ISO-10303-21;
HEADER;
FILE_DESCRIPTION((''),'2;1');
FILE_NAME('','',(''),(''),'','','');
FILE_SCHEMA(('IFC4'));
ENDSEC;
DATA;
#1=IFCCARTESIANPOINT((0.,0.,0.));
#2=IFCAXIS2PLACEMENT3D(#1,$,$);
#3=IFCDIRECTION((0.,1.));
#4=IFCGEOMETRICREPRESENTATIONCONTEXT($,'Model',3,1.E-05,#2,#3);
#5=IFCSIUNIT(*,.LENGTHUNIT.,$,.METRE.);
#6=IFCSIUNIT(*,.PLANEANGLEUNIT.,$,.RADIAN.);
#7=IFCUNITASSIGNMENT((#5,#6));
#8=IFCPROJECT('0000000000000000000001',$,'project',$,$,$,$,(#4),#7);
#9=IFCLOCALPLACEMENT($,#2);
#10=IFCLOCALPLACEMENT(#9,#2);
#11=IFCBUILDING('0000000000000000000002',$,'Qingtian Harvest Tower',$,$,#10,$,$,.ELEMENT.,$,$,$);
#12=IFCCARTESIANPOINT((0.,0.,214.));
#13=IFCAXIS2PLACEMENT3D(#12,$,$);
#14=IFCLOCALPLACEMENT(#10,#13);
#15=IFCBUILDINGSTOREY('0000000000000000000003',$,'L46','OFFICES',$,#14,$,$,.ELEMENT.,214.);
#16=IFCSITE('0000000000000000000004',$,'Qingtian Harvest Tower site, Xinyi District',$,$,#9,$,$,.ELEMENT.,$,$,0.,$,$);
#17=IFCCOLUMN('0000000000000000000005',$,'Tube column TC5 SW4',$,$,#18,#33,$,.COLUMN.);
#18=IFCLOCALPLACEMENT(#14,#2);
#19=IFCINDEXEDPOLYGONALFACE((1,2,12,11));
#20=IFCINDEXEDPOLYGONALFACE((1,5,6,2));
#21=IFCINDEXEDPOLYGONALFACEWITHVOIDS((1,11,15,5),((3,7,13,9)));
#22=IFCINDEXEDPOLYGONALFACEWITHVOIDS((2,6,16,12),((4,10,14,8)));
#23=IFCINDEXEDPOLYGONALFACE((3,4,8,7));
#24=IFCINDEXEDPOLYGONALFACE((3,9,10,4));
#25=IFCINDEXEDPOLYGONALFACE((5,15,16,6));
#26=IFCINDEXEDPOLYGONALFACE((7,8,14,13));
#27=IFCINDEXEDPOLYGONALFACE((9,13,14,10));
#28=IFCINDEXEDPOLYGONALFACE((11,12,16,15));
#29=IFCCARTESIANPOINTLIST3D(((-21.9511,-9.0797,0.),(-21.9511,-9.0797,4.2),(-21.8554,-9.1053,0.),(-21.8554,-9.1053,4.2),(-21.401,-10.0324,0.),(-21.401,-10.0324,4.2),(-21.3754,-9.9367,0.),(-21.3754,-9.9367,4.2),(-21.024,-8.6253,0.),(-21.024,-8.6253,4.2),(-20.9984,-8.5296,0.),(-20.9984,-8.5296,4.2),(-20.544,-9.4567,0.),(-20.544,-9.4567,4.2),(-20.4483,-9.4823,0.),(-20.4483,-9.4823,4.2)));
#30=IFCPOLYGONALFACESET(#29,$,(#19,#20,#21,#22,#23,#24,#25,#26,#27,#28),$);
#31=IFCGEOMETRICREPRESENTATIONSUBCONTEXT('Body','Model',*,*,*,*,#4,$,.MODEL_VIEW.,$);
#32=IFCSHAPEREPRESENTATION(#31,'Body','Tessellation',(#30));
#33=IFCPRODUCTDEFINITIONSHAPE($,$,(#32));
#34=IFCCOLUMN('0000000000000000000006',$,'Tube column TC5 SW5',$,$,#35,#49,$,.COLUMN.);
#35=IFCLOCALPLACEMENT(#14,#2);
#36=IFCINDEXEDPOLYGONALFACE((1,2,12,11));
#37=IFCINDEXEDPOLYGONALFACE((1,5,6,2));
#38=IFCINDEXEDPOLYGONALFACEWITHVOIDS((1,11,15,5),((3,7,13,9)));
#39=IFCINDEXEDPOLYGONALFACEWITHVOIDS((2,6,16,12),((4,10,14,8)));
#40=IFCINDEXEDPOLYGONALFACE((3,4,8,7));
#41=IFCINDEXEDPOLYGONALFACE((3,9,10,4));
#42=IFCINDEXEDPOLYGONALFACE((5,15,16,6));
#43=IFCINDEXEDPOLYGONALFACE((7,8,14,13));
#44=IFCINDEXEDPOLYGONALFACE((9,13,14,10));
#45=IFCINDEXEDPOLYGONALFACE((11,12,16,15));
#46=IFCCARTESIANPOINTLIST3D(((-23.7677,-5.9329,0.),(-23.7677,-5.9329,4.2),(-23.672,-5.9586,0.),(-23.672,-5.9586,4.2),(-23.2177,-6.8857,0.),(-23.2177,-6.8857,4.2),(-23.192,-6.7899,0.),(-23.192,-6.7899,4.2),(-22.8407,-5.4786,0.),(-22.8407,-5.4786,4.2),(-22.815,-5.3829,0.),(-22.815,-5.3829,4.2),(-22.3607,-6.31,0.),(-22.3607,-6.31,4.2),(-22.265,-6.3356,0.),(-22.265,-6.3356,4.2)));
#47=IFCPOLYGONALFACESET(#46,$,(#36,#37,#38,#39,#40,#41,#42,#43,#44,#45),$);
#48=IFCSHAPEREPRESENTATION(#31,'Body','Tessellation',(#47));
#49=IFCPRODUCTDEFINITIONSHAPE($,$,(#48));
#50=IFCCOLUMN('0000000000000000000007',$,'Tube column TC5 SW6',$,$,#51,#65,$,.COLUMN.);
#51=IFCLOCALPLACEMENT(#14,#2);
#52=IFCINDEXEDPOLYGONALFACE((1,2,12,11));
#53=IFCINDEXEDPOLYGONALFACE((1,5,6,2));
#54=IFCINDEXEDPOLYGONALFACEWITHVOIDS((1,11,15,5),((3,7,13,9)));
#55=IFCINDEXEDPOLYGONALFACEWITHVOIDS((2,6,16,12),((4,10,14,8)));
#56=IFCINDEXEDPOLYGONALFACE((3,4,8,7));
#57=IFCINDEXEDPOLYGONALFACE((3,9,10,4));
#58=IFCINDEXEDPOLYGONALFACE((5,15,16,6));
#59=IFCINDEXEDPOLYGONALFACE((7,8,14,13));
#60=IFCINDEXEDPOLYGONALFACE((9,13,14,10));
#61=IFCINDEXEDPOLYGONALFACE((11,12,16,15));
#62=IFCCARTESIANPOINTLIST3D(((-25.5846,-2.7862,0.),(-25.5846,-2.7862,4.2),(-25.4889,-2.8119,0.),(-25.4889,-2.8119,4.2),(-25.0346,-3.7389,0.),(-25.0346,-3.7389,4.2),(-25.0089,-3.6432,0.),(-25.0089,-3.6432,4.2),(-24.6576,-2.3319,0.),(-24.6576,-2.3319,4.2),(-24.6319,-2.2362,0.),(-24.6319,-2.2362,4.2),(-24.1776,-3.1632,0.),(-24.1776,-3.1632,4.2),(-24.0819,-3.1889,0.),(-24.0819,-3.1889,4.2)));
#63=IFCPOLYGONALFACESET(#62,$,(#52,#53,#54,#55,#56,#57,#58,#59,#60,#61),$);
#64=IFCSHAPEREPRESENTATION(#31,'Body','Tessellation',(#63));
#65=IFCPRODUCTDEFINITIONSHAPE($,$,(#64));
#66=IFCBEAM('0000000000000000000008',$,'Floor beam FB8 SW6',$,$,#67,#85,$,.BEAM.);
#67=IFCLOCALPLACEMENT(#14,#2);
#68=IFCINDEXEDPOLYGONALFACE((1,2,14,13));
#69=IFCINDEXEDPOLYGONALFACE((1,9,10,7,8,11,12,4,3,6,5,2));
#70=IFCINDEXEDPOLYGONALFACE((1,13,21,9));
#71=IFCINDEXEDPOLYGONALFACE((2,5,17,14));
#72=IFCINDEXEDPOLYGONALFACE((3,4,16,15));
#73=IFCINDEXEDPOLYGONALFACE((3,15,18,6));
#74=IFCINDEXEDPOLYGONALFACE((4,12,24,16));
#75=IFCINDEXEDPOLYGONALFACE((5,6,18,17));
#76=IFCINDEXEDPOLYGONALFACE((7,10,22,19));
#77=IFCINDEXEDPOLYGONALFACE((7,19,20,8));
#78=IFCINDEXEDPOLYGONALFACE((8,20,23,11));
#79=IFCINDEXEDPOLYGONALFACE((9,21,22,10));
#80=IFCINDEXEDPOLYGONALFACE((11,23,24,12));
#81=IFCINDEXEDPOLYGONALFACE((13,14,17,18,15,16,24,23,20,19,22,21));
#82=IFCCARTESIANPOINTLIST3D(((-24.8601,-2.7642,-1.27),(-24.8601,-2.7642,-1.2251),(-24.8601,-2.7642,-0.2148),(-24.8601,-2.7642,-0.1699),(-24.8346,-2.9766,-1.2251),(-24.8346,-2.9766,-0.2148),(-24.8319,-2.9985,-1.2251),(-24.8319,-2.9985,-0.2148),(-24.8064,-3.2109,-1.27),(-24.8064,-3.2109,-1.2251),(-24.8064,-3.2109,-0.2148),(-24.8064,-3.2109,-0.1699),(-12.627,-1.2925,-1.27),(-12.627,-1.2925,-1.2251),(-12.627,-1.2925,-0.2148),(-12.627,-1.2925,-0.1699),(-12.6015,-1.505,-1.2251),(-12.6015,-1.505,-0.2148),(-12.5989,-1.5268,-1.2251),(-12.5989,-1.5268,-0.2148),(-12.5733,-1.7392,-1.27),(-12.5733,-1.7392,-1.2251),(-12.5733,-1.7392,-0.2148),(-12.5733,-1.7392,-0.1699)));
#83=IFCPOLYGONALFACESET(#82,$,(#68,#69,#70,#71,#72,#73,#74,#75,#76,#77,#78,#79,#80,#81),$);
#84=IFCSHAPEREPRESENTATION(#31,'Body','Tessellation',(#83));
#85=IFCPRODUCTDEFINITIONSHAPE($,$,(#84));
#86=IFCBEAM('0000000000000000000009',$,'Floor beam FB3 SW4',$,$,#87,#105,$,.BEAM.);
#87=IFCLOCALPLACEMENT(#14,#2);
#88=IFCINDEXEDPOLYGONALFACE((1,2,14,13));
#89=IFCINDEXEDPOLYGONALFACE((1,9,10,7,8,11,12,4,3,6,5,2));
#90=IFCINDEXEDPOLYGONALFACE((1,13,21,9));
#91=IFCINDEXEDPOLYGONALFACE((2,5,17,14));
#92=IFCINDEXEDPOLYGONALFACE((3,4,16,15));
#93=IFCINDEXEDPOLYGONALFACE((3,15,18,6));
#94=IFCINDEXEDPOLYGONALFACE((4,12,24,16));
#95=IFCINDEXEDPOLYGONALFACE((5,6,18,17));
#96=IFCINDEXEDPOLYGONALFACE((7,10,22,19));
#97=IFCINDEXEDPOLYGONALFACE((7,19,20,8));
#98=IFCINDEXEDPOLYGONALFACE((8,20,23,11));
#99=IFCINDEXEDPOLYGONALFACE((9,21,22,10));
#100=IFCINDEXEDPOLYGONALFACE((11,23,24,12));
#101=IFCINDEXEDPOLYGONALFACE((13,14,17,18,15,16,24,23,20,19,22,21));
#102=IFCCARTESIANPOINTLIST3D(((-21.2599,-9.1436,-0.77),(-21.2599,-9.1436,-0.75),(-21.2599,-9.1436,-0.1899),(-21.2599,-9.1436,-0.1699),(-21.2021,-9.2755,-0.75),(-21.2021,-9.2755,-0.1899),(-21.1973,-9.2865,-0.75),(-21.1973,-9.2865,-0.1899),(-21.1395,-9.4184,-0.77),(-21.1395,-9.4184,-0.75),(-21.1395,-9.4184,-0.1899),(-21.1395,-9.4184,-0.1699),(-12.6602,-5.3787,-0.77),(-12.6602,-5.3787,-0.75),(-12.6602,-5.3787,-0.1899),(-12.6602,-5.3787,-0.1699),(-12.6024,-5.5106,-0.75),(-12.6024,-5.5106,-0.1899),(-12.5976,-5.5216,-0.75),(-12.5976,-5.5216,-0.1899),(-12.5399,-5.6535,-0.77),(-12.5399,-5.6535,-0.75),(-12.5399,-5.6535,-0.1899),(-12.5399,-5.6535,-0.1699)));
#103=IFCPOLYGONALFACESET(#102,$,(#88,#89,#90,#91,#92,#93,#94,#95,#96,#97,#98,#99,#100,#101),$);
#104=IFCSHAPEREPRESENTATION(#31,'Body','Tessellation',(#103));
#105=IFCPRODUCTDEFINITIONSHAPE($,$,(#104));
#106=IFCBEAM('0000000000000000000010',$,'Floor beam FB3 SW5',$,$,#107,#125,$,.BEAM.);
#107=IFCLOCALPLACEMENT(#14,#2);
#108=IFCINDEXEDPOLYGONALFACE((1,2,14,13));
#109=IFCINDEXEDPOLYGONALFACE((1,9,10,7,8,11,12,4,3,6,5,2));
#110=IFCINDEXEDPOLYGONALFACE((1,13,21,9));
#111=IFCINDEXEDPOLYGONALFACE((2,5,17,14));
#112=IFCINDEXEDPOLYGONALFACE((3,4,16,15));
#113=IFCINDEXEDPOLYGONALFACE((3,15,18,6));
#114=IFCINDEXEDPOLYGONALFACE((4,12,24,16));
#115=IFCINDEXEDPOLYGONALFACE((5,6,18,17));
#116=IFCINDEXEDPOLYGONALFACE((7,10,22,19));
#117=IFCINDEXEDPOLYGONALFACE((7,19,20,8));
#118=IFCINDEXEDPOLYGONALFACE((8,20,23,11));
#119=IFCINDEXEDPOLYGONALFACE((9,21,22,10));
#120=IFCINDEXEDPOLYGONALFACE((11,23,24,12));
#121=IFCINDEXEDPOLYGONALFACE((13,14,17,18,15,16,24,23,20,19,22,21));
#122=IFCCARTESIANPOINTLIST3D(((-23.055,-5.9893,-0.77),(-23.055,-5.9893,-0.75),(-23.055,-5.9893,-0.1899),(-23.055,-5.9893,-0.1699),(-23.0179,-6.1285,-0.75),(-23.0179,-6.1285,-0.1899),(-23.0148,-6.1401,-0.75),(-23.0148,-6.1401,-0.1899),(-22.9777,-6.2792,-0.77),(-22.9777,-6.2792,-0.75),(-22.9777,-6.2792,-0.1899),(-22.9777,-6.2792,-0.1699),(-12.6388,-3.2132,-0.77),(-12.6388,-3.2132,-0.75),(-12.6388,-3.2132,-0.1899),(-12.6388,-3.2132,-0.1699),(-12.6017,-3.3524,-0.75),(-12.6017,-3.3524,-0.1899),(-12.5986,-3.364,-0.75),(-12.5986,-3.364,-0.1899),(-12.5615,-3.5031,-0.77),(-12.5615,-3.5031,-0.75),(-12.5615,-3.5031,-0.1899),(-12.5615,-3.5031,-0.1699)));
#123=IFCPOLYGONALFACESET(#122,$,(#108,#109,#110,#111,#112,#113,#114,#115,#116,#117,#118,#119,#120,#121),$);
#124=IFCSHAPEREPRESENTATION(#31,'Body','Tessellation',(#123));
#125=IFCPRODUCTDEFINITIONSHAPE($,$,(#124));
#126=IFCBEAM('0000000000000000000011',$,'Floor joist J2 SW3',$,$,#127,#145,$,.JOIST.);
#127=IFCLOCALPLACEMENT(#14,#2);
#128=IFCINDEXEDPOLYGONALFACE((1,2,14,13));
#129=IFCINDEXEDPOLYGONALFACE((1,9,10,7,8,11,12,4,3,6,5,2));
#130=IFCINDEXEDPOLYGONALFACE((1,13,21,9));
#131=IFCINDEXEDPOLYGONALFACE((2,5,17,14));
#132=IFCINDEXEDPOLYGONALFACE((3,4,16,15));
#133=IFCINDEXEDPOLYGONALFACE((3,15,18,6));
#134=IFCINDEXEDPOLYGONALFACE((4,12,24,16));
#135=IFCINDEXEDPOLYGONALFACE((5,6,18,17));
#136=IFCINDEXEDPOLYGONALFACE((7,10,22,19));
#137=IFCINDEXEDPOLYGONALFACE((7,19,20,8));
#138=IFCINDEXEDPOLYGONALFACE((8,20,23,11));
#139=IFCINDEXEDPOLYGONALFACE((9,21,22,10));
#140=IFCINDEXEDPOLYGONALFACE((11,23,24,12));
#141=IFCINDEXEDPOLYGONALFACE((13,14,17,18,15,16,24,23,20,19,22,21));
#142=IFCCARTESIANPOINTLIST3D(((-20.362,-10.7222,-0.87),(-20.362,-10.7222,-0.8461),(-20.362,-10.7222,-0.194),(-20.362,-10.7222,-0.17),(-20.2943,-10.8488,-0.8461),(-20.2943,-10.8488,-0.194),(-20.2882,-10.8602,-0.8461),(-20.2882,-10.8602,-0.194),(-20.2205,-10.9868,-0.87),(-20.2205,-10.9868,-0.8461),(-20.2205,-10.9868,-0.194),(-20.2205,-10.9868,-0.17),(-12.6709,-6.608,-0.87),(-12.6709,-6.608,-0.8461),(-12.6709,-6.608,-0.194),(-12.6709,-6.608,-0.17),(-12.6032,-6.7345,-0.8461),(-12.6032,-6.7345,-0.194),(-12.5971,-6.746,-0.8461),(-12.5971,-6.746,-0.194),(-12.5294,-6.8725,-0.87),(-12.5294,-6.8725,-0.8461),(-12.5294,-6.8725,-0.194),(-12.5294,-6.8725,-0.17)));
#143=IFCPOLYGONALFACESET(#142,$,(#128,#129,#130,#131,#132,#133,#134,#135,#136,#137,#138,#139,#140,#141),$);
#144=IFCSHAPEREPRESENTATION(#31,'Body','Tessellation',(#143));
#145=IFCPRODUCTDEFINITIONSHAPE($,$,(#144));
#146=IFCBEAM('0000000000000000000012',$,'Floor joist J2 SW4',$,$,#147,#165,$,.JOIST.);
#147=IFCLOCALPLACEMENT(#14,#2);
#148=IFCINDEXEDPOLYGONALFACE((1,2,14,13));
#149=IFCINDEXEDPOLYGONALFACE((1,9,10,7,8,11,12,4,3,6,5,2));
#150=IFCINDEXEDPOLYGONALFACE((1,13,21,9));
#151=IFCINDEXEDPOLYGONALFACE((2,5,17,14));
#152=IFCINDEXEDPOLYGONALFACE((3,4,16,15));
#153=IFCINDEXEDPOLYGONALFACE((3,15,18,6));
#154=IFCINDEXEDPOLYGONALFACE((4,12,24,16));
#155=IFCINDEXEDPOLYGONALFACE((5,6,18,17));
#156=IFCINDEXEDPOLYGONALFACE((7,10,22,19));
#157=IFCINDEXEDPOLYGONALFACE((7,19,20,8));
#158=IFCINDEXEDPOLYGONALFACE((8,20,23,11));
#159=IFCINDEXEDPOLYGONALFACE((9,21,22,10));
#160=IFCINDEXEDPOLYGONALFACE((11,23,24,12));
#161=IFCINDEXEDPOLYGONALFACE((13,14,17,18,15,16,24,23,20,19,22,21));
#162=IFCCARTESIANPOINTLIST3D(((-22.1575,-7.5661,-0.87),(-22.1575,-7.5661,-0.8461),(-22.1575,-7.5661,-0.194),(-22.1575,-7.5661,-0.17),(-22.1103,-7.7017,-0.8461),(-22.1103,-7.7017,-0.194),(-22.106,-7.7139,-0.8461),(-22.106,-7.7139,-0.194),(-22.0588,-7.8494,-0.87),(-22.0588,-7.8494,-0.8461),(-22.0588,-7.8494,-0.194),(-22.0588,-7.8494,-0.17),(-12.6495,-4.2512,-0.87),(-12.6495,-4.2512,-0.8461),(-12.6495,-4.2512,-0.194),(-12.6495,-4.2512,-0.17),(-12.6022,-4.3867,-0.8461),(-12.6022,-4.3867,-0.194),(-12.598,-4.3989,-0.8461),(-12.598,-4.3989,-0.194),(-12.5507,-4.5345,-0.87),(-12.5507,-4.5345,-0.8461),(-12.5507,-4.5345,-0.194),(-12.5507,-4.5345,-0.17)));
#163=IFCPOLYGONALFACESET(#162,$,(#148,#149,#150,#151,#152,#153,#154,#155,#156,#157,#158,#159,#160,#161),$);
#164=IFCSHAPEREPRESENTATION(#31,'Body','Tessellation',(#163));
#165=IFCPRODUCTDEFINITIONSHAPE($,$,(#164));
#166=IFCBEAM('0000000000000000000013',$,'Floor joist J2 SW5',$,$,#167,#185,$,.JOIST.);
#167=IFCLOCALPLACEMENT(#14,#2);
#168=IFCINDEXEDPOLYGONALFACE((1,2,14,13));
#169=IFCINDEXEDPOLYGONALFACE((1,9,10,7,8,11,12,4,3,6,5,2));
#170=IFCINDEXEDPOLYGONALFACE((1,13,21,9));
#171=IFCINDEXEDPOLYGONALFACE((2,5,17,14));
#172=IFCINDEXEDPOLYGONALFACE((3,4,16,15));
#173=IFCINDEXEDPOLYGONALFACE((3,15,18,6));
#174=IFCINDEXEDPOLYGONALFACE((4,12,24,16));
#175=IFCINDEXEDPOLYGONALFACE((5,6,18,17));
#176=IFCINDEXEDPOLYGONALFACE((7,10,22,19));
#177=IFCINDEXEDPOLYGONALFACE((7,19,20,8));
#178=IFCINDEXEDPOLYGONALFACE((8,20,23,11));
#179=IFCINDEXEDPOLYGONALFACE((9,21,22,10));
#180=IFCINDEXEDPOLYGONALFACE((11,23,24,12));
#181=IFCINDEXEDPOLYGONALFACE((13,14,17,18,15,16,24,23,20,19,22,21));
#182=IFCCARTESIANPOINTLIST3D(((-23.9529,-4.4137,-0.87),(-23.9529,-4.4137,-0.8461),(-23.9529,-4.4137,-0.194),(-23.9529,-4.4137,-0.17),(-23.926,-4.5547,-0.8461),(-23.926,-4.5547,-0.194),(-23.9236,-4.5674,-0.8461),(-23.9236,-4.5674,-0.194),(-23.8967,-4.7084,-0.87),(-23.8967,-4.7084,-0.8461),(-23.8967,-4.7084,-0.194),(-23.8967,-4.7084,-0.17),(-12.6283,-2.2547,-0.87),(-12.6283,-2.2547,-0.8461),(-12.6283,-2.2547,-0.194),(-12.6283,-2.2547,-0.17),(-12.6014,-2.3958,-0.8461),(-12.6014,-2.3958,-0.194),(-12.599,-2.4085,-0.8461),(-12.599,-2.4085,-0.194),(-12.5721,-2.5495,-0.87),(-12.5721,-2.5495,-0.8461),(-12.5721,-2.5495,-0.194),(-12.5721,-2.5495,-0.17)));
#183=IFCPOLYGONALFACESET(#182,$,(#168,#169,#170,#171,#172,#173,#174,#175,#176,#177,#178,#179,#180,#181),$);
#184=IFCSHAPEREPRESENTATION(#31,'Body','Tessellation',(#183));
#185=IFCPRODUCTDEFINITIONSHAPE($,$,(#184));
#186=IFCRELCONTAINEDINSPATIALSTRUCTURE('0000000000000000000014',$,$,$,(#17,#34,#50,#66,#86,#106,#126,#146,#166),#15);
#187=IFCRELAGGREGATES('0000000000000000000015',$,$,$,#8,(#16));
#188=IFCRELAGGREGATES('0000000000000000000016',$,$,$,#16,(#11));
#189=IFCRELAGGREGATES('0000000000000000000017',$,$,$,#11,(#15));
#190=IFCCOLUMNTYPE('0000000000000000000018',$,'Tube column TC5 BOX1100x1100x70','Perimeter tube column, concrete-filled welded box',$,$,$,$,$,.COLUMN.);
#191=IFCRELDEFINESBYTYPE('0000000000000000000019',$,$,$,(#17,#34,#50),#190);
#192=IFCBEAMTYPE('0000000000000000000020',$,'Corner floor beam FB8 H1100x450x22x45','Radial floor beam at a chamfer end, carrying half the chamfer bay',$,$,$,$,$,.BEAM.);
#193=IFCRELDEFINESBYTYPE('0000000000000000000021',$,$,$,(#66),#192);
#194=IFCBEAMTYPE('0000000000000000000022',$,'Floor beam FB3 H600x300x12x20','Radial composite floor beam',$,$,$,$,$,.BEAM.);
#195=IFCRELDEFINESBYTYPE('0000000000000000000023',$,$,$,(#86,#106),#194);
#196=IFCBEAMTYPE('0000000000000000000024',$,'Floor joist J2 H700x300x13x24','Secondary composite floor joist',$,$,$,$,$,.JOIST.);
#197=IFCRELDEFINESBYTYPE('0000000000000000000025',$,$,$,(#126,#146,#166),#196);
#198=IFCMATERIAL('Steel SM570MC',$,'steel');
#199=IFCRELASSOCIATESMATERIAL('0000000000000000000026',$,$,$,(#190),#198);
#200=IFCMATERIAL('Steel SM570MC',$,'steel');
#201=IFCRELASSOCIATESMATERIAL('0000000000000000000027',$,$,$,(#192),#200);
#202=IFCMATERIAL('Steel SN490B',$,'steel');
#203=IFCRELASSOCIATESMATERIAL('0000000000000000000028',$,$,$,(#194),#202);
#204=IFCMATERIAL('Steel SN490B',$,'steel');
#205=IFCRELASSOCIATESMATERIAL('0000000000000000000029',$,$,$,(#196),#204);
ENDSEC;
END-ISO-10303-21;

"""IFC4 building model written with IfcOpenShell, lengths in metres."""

from ifc_helpers import new_model, si_unit, direction, frame, origin, origin_2d, place, context, subcontext, project, spatial, hollow_rectangle, i_section, extrude, material, material_profile, profile_set, type_object, element, save


model = new_model("IFC4")

# Units and contexts
model_context = context("Model", 3, precision=1e-05, world=origin(), true_north=direction((0.0, 1.0)))
body_context = subcontext(model_context, "Body", "Model", "MODEL_VIEW")
ifc_project = project(units=[si_unit("LENGTHUNIT", "METRE"), si_unit("PLANEANGLEUNIT", "RADIAN")], contexts=[model_context])

# Site, building, storey
site_placement = place(None, origin())
site = spatial("IfcSite", under=ifc_project, at=site_placement, Name="Qingtian Harvest Tower site, Xinyi District", CompositionType="ELEMENT", RefElevation=0.0)
building_placement = place(site_placement, origin())
building = spatial("IfcBuilding", under=site, at=building_placement, Name="Qingtian Harvest Tower", CompositionType="ELEMENT")
storey_placement = place(building_placement, frame((0.0, 0.0, 214.0)))
storey = spatial("IfcBuildingStorey", under=building, at=storey_placement, Name="L46", Description="OFFICES", CompositionType="ELEMENT", Elevation=214.0)

# Columns
ifc_material_1 = material(Name="Steel SM570MC", Category="steel")
ifc_material_profile_1 = material_profile(ifc_material_1, hollow_rectangle(XDim=1.1001, YDim=1.1001, WallThickness=0.0701, at=origin_2d()), Name="BOX1100x1100x70")
ifc_profile_set_1 = profile_set([ifc_material_profile_1], Name="Steel SM570MC")
column_type = type_object("IfcColumnType", Name="Tube column TC5 BOX1100x1100x70", Description="Perimeter tube column, concrete-filled welded box", PredefinedType="COLUMN", material=ifc_profile_set_1)
for number, where, z_axis, x_axis, name in (
    (1, (-21.1997, -9.281, 0.0), (0.0, 0.0, 1.0), (0.5, -0.866025, 0.0), "Tube column TC5 SW4"),
    (2, (-23.0164, -6.1343, 0.0), (0.0, 0.0, 1.0), (0.5, -0.866025, 0.0), "Tube column TC5 SW5"),
    (3, (-24.8333, -2.9875, 0.0), (0.0, 0.0, 1.0), (0.5, -0.866025, 0.0), "Tube column TC5 SW6"),
):
    element("IfcColumn", number, at=place(storey_placement, frame(where, z_axis=z_axis, x_axis=x_axis)), inside=storey, type_object=column_type, Name=name, PredefinedType="COLUMN", context=body_context, shape_type="SweptSolid", body=[
        extrude(hollow_rectangle(XDim=1.1001, YDim=1.1001, WallThickness=0.0701, at=origin_2d()), origin(), (0.0, 0.0, 1.0), 4.2),
    ])

# Beams
ifc_material_2 = material(Name="Steel SM570MC", Category="steel")
ifc_material_profile_2 = material_profile(ifc_material_2, i_section(OverallWidth=0.45, OverallDepth=1.1001, WebThickness=0.022, FlangeThickness=0.0449, at=origin_2d()), Name="H1100x450x22x45")
ifc_profile_set_2 = profile_set([ifc_material_profile_2], Name="Steel SM570MC")
beam_type_1 = type_object("IfcBeamType", Name="Corner floor beam FB8 H1100x450x22x45", Description="Radial floor beam at a chamfer end, carrying half the chamfer bay", PredefinedType="BEAM", material=ifc_profile_set_2)
beam_1_placement = place(storey_placement, frame((-24.8333, -2.9875, -0.72), z_axis=(0.992841, 0.119441, 0.0), x_axis=(-0.119441, 0.992841, 0.0)))
element("IfcBeam", 4, at=beam_1_placement, inside=storey, type_object=beam_type_1, Name="Floor beam FB8 SW6", PredefinedType="BEAM", context=body_context, shape_type="SweptSolid", body=[
    extrude(i_section(OverallWidth=0.45, OverallDepth=1.1001, WebThickness=0.022, FlangeThickness=0.0449, at=origin_2d()), origin(), (0.0, 0.0, 1.0), 12.3213),
])
ifc_material_3 = material(Name="Steel SN490B", Category="steel")
ifc_material_profile_3 = material_profile(ifc_material_3, i_section(OverallWidth=0.3, OverallDepth=0.6001, WebThickness=0.012, FlangeThickness=0.02, at=origin_2d()), Name="H600x300x12x20")
ifc_profile_set_3 = profile_set([ifc_material_profile_3], Name="Steel SN490B")
beam_type_2 = type_object("IfcBeamType", Name="Floor beam FB3 H600x300x12x20", Description="Radial composite floor beam", PredefinedType="BEAM", material=ifc_profile_set_3)
beam_2_placement = place(storey_placement, frame((-21.1997, -9.281, -0.47), z_axis=(0.916057, 0.401048, 0.0), x_axis=(-0.401048, 0.916057, 0.0)))
element("IfcBeam", 5, at=beam_2_placement, inside=storey, type_object=beam_type_2, Name="Floor beam FB3 SW4", PredefinedType="BEAM", context=body_context, shape_type="SweptSolid", body=[
    extrude(i_section(OverallWidth=0.3, OverallDepth=0.6001, WebThickness=0.012, FlangeThickness=0.02, at=origin_2d()), origin(), (0.0, 0.0, 1.0), 9.3877),
])
beam_3_placement = place(storey_placement, frame((-23.0164, -6.1343, -0.47), z_axis=(0.966271, 0.257529, 0.0), x_axis=(-0.257529, 0.966271, 0.0)))
element("IfcBeam", 6, at=beam_3_placement, inside=storey, type_object=beam_type_2, Name="Floor beam FB3 SW5", PredefinedType="BEAM", context=body_context, shape_type="SweptSolid", body=[
    extrude(i_section(OverallWidth=0.3, OverallDepth=0.6001, WebThickness=0.012, FlangeThickness=0.02, at=origin_2d()), origin(), (0.0, 0.0, 1.0), 10.7798),
])
ifc_material_4 = material(Name="Steel SN490B", Category="steel")
ifc_material_profile_4 = material_profile(ifc_material_4, i_section(OverallWidth=0.3, OverallDepth=0.7, WebThickness=0.0129, FlangeThickness=0.0239, at=origin_2d()), Name="H700x300x13x24")
ifc_profile_set_4 = profile_set([ifc_material_profile_4], Name="Steel SN490B")
beam_type_3 = type_object("IfcBeamType", Name="Floor joist J2 H700x300x13x24", Description="Secondary composite floor joist", PredefinedType="JOIST", material=ifc_profile_set_4)
beam_4_placement = place(storey_placement, frame((-20.2913, -10.8545, -0.52), z_axis=(0.881767, 0.471686, 0.0), x_axis=(-0.471686, 0.881767, 0.0)))
element("IfcBeam", 7, at=beam_4_placement, inside=storey, type_object=beam_type_3, Name="Floor joist J2 SW3", PredefinedType="JOIST", context=body_context, shape_type="SweptSolid", body=[
    extrude(i_section(OverallWidth=0.3, OverallDepth=0.7, WebThickness=0.0129, FlangeThickness=0.0239, at=origin_2d()), origin(), (0.0, 0.0, 1.0), 8.7224),
])
beam_5_placement = place(storey_placement, frame((-22.1082, -7.7078, -0.52), z_axis=(0.944256, 0.329211, 0.0), x_axis=(-0.329211, 0.944256, 0.0)))
element("IfcBeam", 8, at=beam_5_placement, inside=storey, type_object=beam_type_3, Name="Floor joist J2 SW4", PredefinedType="JOIST", context=body_context, shape_type="SweptSolid", body=[
    extrude(i_section(OverallWidth=0.3, OverallDepth=0.7, WebThickness=0.0129, FlangeThickness=0.0239, at=origin_2d()), origin(), (0.0, 0.0, 1.0), 10.0693),
])
beam_6_placement = place(storey_placement, frame((-23.9248, -4.561, -0.52), z_axis=(0.982309, 0.187267, 0.0), x_axis=(-0.187267, 0.982309, 0.0)))
element("IfcBeam", 9, at=beam_6_placement, inside=storey, type_object=beam_type_3, Name="Floor joist J2 SW5", PredefinedType="JOIST", context=body_context, shape_type="SweptSolid", body=[
    extrude(i_section(OverallWidth=0.3, OverallDepth=0.7, WebThickness=0.0129, FlangeThickness=0.0239, at=origin_2d()), origin(), (0.0, 0.0, 1.0), 11.5286),
])

save(model, "model.ifc")
